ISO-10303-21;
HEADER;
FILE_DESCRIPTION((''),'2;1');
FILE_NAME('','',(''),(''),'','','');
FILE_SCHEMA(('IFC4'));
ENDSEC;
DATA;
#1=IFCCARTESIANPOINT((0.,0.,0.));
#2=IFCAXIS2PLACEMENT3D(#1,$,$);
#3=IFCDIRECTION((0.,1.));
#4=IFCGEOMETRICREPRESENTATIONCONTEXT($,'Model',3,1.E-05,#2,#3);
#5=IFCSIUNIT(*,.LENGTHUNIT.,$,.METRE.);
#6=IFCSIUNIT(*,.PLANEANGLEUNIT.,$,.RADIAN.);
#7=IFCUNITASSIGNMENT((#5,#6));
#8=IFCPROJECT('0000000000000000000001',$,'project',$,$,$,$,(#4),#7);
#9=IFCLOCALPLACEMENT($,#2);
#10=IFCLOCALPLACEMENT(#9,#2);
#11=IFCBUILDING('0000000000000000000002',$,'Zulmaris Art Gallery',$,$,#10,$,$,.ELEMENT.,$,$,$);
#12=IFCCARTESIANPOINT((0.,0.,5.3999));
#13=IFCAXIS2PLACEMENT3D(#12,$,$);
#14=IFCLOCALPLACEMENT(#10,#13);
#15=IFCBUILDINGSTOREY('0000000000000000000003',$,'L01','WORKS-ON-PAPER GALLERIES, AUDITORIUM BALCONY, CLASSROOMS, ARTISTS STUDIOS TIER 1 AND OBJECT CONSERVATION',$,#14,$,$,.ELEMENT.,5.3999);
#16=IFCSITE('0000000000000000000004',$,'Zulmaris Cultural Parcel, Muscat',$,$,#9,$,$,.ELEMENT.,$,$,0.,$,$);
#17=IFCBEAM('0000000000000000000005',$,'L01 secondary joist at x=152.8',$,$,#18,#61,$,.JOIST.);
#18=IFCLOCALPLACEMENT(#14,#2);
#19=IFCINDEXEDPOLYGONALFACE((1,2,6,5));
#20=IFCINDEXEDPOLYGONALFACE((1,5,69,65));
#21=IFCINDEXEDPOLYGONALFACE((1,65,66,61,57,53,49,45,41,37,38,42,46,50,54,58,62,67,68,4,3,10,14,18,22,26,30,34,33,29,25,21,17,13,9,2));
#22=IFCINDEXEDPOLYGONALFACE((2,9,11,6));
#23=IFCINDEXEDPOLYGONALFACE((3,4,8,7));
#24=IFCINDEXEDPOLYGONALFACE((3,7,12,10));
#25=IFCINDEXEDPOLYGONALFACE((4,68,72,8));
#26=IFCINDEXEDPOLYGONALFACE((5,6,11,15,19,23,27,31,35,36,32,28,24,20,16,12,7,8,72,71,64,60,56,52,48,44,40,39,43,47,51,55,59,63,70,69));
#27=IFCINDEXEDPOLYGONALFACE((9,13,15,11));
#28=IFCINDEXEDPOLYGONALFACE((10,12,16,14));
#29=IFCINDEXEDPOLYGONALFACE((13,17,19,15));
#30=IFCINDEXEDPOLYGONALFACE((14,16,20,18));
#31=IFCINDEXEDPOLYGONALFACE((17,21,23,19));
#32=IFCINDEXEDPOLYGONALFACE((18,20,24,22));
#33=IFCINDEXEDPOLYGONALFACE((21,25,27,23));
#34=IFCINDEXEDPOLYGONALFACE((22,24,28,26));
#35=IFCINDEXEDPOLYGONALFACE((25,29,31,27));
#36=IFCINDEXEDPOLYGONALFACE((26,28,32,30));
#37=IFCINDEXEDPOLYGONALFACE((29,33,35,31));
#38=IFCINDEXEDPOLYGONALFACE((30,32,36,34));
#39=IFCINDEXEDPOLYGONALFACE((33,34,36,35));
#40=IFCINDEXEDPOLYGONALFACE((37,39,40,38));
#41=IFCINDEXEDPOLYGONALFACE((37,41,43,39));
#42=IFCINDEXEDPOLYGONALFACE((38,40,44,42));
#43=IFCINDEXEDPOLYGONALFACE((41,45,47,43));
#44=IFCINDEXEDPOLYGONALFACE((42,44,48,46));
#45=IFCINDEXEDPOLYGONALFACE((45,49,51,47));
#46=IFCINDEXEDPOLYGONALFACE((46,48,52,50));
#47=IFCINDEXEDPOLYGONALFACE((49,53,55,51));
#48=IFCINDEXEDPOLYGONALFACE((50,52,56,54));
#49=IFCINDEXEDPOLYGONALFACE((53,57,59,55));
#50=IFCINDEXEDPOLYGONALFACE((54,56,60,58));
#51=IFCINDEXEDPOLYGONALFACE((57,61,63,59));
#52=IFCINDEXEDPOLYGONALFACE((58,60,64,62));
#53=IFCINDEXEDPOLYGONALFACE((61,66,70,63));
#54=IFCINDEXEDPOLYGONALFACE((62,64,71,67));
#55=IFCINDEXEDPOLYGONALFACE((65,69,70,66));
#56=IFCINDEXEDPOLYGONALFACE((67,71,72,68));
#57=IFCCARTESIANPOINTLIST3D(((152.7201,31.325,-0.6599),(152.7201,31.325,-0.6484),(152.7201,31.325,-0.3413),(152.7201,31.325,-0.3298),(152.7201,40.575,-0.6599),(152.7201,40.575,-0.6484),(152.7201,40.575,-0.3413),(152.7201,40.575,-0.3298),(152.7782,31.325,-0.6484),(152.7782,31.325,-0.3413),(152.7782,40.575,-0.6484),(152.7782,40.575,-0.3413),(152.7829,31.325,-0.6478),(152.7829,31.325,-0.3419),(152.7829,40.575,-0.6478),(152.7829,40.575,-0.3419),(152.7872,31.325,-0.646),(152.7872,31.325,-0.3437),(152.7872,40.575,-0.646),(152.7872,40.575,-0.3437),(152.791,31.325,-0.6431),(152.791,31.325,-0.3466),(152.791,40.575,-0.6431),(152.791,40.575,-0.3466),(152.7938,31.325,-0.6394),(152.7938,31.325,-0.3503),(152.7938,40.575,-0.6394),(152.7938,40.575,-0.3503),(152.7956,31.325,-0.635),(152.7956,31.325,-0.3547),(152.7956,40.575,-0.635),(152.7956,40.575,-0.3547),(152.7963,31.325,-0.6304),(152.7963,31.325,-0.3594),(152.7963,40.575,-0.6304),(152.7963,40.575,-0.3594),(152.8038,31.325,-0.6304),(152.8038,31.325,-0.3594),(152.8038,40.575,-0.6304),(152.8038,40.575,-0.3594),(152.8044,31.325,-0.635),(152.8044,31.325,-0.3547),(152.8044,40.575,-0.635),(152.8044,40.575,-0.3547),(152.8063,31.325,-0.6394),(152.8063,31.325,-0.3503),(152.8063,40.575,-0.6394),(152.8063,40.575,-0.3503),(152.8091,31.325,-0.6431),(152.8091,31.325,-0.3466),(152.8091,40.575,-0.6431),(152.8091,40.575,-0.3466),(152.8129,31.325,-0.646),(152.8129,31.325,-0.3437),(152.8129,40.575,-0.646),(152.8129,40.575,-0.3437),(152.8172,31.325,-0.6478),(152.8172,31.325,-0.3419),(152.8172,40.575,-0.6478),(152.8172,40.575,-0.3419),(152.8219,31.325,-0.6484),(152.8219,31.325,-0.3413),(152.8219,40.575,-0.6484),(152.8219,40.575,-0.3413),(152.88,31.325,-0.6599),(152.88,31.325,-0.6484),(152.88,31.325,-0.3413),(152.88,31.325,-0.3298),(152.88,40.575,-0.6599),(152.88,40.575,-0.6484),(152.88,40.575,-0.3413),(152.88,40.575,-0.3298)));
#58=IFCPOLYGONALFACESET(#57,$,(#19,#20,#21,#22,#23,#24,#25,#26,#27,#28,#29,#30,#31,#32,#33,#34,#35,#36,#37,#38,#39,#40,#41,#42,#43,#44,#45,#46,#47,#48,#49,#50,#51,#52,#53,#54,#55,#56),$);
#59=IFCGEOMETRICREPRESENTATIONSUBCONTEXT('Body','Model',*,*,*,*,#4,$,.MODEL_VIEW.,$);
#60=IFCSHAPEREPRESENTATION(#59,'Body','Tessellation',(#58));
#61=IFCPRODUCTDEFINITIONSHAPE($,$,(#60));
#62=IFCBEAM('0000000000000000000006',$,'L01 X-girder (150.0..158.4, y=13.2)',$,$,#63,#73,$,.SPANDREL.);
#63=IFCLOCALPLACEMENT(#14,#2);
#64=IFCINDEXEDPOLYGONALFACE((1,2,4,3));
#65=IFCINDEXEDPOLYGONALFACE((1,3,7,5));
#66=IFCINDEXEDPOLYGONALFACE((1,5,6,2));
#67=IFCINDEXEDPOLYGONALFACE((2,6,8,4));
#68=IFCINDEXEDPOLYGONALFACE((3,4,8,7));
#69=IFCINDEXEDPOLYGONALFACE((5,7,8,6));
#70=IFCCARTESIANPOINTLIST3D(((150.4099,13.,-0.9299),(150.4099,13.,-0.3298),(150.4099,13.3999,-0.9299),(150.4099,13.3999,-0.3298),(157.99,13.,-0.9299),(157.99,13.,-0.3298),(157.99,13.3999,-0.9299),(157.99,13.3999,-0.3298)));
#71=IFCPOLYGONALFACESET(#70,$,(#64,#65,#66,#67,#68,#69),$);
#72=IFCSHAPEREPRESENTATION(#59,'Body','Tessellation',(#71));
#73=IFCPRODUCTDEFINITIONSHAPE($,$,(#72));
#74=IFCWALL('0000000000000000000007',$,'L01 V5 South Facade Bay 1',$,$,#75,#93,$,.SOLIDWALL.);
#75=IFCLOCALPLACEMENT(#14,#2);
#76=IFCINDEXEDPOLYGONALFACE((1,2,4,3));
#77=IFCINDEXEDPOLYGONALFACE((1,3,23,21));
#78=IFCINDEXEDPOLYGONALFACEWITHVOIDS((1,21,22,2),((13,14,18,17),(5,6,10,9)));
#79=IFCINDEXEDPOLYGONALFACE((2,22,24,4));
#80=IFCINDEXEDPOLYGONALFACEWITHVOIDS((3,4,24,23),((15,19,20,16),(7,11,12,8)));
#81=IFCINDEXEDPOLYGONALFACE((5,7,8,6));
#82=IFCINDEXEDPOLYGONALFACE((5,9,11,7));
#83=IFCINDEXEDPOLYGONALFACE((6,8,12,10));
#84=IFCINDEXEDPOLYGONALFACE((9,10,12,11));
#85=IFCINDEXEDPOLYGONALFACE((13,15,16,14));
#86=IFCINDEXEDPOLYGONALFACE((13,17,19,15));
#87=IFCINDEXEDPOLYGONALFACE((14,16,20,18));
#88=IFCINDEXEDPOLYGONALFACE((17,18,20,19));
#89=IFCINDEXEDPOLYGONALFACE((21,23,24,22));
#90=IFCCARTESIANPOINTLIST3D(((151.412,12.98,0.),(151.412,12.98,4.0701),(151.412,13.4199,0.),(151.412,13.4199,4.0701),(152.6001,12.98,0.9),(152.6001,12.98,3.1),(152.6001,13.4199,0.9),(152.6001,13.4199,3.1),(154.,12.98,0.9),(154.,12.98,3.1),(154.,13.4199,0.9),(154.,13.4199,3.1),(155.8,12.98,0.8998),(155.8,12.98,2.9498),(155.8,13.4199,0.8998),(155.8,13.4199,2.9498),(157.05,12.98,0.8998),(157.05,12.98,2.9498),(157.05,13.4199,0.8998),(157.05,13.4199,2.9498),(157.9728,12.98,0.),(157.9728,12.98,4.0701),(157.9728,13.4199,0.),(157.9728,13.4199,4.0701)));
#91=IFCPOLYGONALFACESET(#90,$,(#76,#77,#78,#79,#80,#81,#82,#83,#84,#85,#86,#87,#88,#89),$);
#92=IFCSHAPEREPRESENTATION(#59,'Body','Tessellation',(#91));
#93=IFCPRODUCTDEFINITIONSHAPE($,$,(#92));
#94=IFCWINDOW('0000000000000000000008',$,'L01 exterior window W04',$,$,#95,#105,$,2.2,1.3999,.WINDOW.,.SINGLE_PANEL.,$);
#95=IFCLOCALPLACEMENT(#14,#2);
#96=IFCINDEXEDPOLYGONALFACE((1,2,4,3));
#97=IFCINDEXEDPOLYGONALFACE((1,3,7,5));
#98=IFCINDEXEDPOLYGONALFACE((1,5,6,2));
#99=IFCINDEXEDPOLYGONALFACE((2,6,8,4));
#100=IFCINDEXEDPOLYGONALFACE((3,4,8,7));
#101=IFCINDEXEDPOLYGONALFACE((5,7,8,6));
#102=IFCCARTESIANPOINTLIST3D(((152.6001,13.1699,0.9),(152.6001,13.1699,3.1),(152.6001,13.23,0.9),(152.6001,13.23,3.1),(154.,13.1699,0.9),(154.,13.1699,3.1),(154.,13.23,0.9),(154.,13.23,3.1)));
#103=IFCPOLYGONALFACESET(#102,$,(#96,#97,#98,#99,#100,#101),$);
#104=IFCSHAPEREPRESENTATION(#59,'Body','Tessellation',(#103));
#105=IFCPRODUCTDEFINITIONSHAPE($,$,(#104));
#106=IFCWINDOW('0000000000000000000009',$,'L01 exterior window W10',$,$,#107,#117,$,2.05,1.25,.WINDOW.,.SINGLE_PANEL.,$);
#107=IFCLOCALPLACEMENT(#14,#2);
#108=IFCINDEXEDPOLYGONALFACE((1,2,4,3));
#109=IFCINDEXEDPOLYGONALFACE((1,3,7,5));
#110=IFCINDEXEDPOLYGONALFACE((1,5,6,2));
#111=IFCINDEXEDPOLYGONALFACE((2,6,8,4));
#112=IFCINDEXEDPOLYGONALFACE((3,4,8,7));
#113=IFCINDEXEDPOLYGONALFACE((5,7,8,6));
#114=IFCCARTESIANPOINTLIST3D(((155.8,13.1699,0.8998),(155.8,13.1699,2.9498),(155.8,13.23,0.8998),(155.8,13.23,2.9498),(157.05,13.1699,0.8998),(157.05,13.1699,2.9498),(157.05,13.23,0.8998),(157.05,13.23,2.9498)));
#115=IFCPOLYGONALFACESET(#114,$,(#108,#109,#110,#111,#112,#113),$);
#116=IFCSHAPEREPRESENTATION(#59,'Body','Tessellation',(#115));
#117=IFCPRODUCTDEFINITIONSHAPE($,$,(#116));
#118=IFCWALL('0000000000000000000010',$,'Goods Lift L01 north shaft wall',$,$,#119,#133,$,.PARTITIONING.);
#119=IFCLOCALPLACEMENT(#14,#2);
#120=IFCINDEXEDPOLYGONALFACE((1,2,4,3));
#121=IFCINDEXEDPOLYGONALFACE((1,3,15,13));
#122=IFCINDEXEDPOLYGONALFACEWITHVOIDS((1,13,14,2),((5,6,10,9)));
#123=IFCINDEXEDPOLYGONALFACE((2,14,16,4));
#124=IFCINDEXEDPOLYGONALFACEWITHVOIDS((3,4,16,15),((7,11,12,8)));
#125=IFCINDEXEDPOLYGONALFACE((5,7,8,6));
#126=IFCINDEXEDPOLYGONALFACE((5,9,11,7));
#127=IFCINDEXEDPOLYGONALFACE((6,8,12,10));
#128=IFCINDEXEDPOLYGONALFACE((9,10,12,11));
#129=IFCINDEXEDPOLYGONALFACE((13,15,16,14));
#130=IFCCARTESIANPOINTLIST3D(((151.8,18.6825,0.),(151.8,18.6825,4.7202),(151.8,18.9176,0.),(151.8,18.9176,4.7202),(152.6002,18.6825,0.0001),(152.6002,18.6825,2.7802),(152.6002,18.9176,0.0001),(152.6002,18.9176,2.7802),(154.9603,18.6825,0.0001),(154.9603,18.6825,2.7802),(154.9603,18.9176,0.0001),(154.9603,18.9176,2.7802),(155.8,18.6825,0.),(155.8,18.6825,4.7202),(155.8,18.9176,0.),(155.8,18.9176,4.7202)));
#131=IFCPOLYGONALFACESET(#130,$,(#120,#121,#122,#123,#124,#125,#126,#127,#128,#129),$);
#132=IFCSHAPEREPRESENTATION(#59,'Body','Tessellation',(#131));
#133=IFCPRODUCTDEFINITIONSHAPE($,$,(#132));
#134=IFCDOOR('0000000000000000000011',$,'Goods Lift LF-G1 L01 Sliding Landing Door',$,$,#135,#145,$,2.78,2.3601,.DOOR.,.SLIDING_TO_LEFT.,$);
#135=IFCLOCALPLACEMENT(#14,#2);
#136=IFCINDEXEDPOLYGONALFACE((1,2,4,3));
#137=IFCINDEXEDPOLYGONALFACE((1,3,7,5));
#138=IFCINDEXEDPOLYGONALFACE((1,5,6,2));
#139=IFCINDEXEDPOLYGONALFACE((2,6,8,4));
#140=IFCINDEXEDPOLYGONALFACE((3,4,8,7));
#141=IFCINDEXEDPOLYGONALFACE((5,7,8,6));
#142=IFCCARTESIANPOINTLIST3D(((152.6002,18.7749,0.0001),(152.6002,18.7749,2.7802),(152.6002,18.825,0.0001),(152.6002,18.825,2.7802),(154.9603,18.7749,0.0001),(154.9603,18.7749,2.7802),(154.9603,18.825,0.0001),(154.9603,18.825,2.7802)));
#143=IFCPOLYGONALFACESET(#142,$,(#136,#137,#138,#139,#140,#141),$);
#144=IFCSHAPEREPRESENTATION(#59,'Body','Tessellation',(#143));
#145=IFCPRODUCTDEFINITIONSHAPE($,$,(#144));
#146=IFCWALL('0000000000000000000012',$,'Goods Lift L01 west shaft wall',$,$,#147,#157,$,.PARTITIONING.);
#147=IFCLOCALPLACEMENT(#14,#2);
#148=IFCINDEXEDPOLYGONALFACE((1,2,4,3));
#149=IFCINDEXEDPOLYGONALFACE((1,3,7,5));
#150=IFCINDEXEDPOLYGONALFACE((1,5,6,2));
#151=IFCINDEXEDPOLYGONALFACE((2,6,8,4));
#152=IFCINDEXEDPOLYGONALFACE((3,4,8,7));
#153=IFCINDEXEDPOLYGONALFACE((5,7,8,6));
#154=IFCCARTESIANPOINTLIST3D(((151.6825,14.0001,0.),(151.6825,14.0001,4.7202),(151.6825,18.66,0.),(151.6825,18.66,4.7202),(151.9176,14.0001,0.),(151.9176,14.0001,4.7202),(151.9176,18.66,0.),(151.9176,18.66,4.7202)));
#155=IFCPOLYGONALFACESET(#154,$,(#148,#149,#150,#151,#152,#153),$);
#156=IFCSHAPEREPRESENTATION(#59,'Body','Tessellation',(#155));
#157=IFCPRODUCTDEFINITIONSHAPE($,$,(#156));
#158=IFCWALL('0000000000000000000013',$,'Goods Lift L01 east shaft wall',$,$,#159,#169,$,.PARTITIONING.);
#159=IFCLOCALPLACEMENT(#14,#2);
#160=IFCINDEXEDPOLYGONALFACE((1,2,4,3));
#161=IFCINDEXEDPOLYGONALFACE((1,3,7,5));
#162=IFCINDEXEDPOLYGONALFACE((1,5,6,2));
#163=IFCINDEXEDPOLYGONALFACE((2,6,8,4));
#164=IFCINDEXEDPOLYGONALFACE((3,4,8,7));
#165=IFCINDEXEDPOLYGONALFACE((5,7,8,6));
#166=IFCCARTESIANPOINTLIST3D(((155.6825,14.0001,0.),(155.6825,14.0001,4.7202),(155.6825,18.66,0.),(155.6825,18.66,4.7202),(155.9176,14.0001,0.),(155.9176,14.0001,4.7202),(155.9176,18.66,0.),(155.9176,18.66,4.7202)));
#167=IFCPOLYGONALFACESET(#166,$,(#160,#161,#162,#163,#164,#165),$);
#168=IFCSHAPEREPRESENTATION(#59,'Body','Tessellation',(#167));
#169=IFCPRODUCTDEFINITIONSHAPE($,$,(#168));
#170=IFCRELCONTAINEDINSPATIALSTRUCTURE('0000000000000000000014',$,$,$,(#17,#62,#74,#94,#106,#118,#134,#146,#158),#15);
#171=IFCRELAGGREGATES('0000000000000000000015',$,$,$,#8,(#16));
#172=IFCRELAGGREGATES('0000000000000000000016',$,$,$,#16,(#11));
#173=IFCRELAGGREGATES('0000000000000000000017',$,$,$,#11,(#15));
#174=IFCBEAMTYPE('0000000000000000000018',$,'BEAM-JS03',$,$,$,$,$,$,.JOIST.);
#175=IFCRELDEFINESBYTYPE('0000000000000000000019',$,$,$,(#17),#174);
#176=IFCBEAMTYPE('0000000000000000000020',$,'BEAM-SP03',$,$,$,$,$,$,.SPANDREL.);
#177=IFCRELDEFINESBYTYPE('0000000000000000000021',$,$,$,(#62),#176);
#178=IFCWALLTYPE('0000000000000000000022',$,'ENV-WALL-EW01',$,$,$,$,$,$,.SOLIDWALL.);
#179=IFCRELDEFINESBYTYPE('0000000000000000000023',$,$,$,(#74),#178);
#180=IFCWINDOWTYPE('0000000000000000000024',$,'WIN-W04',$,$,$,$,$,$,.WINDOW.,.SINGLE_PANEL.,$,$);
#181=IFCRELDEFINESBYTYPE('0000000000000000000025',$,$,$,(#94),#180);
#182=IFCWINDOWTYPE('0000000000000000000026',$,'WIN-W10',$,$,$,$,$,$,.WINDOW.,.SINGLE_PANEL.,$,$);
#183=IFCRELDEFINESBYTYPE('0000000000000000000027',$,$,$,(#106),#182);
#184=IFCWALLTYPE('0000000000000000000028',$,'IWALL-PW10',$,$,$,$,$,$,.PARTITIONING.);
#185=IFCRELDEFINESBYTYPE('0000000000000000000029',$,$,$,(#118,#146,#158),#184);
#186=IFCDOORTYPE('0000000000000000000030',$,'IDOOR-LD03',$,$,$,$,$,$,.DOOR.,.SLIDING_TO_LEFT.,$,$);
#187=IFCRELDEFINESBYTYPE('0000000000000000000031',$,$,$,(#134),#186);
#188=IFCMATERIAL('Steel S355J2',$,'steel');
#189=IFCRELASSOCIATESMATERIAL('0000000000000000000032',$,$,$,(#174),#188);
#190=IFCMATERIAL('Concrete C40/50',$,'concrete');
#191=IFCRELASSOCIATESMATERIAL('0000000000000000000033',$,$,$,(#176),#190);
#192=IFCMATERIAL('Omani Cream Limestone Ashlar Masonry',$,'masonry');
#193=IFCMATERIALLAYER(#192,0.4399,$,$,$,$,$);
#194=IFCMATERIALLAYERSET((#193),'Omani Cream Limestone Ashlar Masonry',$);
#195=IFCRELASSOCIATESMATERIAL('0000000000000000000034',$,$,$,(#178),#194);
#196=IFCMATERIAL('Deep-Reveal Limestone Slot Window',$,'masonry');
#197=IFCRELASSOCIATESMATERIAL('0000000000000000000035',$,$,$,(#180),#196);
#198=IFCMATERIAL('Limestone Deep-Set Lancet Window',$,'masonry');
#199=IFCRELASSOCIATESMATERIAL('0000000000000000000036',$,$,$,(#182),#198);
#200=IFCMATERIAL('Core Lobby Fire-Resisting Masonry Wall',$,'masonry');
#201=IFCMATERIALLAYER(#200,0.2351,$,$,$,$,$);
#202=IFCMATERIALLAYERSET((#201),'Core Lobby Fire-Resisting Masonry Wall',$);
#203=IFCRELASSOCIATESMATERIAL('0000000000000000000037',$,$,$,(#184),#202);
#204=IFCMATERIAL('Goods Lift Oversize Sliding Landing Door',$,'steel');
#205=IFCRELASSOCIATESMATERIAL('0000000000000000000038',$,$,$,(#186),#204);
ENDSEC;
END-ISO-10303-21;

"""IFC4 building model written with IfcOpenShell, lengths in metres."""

from ifc_helpers import new_model, si_unit, direction, frame, frame_2d, origin, origin_2d, place, context, subcontext, project, spatial, rectangle, i_section, extrude, material, layer, layer_set, material_profile, profile_set, type_object, element, fill, save


model = new_model("IFC4")

# Units and contexts
model_context = context("Model", 3, precision=1e-05, world=origin(), true_north=direction((0.0, 1.0)))
body_context = subcontext(model_context, "Body", "Model", "MODEL_VIEW")
ifc_project = project(units=[si_unit("LENGTHUNIT", "METRE"), si_unit("PLANEANGLEUNIT", "RADIAN")], contexts=[model_context])

# Site, building, storey
site_placement = place(None, origin())
site = spatial("IfcSite", under=ifc_project, at=site_placement, Name="Zulmaris Cultural Parcel, Muscat", CompositionType="ELEMENT", RefElevation=0.0)
building_placement = place(site_placement, origin())
building = spatial("IfcBuilding", under=site, at=building_placement, Name="Zulmaris Art Gallery", CompositionType="ELEMENT")
storey_placement = place(building_placement, frame((0.0, 0.0, 5.3999)))
storey = spatial("IfcBuildingStorey", under=building, at=storey_placement, Name="L01", Description="WORKS-ON-PAPER GALLERIES, AUDITORIUM BALCONY, CLASSROOMS, ARTISTS STUDIOS TIER 1 AND OBJECT CONSERVATION", CompositionType="ELEMENT", Elevation=5.3999)

# Beams
ifc_material_1 = material(Name="Steel S355J2", Category="steel")
ifc_material_2 = material(Name="Concrete C40/50", Category="concrete")
ifc_material_profile_1 = material_profile(ifc_material_1, i_section(OverallWidth=0.1599, OverallDepth=0.3301, WebThickness=0.0076, FlangeThickness=0.0115, FilletRadius=0.0181, at=origin_2d()), Name="IPE 330")
ifc_profile_set_1 = profile_set([ifc_material_profile_1], Name="Steel S355J2")
beam_type_1 = type_object("IfcBeamType", Name="BEAM-JS03", PredefinedType="JOIST", material=ifc_profile_set_1)
beam_1_placement = place(storey_placement, frame((152.8, 31.325, -0.4949), z_axis=(0.0, 1.0, 0.0), x_axis=(-1.0, 0.0, 0.0)))
element("IfcBeam", 1, at=beam_1_placement, inside=storey, type_object=beam_type_1, Name="L01 secondary joist at x=152.8", PredefinedType="JOIST", context=body_context, shape_type="SweptSolid", body=[
    extrude(i_section(OverallWidth=0.1599, OverallDepth=0.3301, WebThickness=0.0076, FlangeThickness=0.0115, FilletRadius=0.0181, at=origin_2d()), origin(), (0.0, 0.0, 1.0), 9.25),
])
ifc_material_profile_2 = material_profile(ifc_material_2, rectangle(XDim=0.3999, YDim=0.6001, at=origin_2d()), Name="RC 400x600")
ifc_profile_set_2 = profile_set([ifc_material_profile_2], Name="Concrete C40/50")
beam_type_2 = type_object("IfcBeamType", Name="BEAM-SP03", PredefinedType="SPANDREL", material=ifc_profile_set_2)
beam_2_placement = place(storey_placement, frame((150.4099, 13.2, -0.6299), z_axis=(1.0, 0.0, 0.0), x_axis=(0.0, 1.0, 0.0)))
element("IfcBeam", 2, at=beam_2_placement, inside=storey, type_object=beam_type_2, Name="L01 X-girder (150.0..158.4, y=13.2)", PredefinedType="SPANDREL", context=body_context, shape_type="SweptSolid", body=[
    extrude(rectangle(XDim=0.3999, YDim=0.6001, at=origin_2d()), origin(), (0.0, 0.0, 1.0), 7.5801),
])

# Wall, openings, windows
ifc_material_3 = material(Name="Omani Cream Limestone Ashlar Masonry", Category="masonry")
ifc_layer_1 = layer(ifc_material_3, 0.4399)
ifc_layer_set_1 = layer_set([ifc_layer_1], Name="Omani Cream Limestone Ashlar Masonry")
wall_type_1 = type_object("IfcWallType", Name="ENV-WALL-EW01", PredefinedType="SOLIDWALL", material=ifc_layer_set_1)
wall_1_placement = place(storey_placement, frame((151.4121, 13.2, 0.0), z_axis=(0.0, 0.0, 1.0), x_axis=(1.0, 0.0, 0.0)))
wall_1 = element("IfcWall", 3, at=wall_1_placement, inside=storey, type_object=wall_type_1, Name="L01 V5 South Facade Bay 1", PredefinedType="SOLIDWALL", context=body_context, shape_type="SweptSolid", body=[
    extrude(rectangle(XDim=6.5608, YDim=0.4399, at=frame_2d((3.2803, 0.0))), origin(), (0.0, 0.0, 1.0), 4.0701),
])
opening_1_placement = place(wall_1_placement, frame((1.188, 0.0, 0.8999)))
opening_1 = element("IfcOpeningElement", 4, at=opening_1_placement, cuts=wall_1, PredefinedType="OPENING", context=body_context, shape_type="SweptSolid", body=[
    extrude(rectangle(XDim=1.3999, YDim=2.2, at=frame_2d((0.7, 1.1001))), frame((0.0, 0.23, 0.0), z_axis=(0.0, -1.0, 0.0), x_axis=(1.0, 0.0, 0.0)), (0.0, 0.0, 1.0), 0.46),
])
opening_2_placement = place(wall_1_placement, frame((4.3879, 0.0, 0.8999)))
opening_2 = element("IfcOpeningElement", 5, at=opening_2_placement, cuts=wall_1, PredefinedType="OPENING", context=body_context, shape_type="SweptSolid", body=[
    extrude(rectangle(XDim=1.25, YDim=2.05, at=frame_2d((0.625, 1.0249))), frame((0.0, 0.23, 0.0), z_axis=(0.0, -1.0, 0.0), x_axis=(1.0, 0.0, 0.0)), (0.0, 0.0, 1.0), 0.46),
])
ifc_material_4 = material(Name="Deep-Reveal Limestone Slot Window", Category="masonry")
window_type_1 = type_object("IfcWindowType", Name="WIN-W04", PartitioningType="SINGLE_PANEL", PredefinedType="WINDOW", material=ifc_material_4)
window_1_placement = place(opening_1_placement, origin())
window_1 = element("IfcWindow", 6, at=window_1_placement, inside=storey, type_object=window_type_1, Name="L01 exterior window W04", OverallHeight=2.2, OverallWidth=1.3999, PartitioningType="SINGLE_PANEL", PredefinedType="WINDOW", context=body_context, shape_type="SweptSolid", body=[
    extrude(rectangle(XDim=1.3999, YDim=2.2, at=frame_2d((0.7, 1.1001))), frame((0.0, 0.03, 0.0), z_axis=(0.0, -1.0, 0.0), x_axis=(1.0, 0.0, 0.0)), (0.0, 0.0, 1.0), 0.0601),
])
fill(opening_1, window_1)
ifc_material_5 = material(Name="Limestone Deep-Set Lancet Window", Category="masonry")
window_type_2 = type_object("IfcWindowType", Name="WIN-W10", PartitioningType="SINGLE_PANEL", PredefinedType="WINDOW", material=ifc_material_5)
window_2_placement = place(opening_2_placement, origin())
window_2 = element("IfcWindow", 7, at=window_2_placement, inside=storey, type_object=window_type_2, Name="L01 exterior window W10", OverallHeight=2.05, OverallWidth=1.25, PartitioningType="SINGLE_PANEL", PredefinedType="WINDOW", context=body_context, shape_type="SweptSolid", body=[
    extrude(rectangle(XDim=1.25, YDim=2.05, at=frame_2d((0.625, 1.0249))), frame((0.0, 0.03, 0.0), z_axis=(0.0, -1.0, 0.0), x_axis=(1.0, 0.0, 0.0)), (0.0, 0.0, 1.0), 0.0601),
])
fill(opening_2, window_2)

# Wall, opening, door
ifc_material_6 = material(Name="Core Lobby Fire-Resisting Masonry Wall", Category="masonry")
ifc_layer_2 = layer(ifc_material_6, 0.2351)
ifc_layer_set_2 = layer_set([ifc_layer_2], Name="Core Lobby Fire-Resisting Masonry Wall")
wall_type_2 = type_object("IfcWallType", Name="IWALL-PW10", PredefinedType="PARTITIONING", material=ifc_layer_set_2)
wall_2_placement = place(storey_placement, frame((151.8, 18.8, 0.0), z_axis=(0.0, 0.0, 1.0), x_axis=(1.0, 0.0, 0.0)))
wall_2 = element("IfcWall", 8, at=wall_2_placement, inside=storey, type_object=wall_type_2, Name="Goods Lift L01 north shaft wall", PredefinedType="PARTITIONING", context=body_context, shape_type="SweptSolid", body=[
    extrude(rectangle(XDim=4.0, YDim=0.2351, at=frame_2d((2.0, 0.0))), origin(), (0.0, 0.0, 1.0), 4.7202),
])
opening_3_placement = place(wall_2_placement, frame((0.8, 0.0, 0.0)))
opening_3 = element("IfcOpeningElement", 9, at=opening_3_placement, cuts=wall_2, PredefinedType="OPENING", context=body_context, shape_type="SweptSolid", body=[
    extrude(rectangle(XDim=2.3601, YDim=2.78, at=frame_2d((1.1802, 1.3901))), frame((0.0, 0.1274, 0.0), z_axis=(0.0, -1.0, 0.0), x_axis=(1.0, 0.0, 0.0)), (0.0, 0.0, 1.0), 0.2551),
])
ifc_material_7 = material(Name="Goods Lift Oversize Sliding Landing Door", Category="steel")
door_type_1 = type_object("IfcDoorType", Name="IDOOR-LD03", OperationType="SLIDING_TO_LEFT", PredefinedType="DOOR", material=ifc_material_7)
door_1_placement = place(opening_3_placement, origin())
door_1 = element("IfcDoor", 10, at=door_1_placement, inside=storey, type_object=door_type_1, Name="Goods Lift LF-G1 L01 Sliding Landing Door", OperationType="SLIDING_TO_LEFT", OverallHeight=2.78, OverallWidth=2.3601, PredefinedType="DOOR", context=body_context, shape_type="SweptSolid", body=[
    extrude(rectangle(XDim=2.3601, YDim=2.78, at=frame_2d((1.1802, 1.3901))), frame((0.0, 0.0249, 0.0), z_axis=(0.0, -1.0, 0.0), x_axis=(1.0, 0.0, 0.0)), (0.0, 0.0, 1.0), 0.05),
])
fill(opening_3, door_1)

# Walls
for number, where, z_axis, x_axis, name in (
    (11, (151.8, 14.0, 0.0), (0.0, 0.0, 1.0), (0.0, 1.0, 0.0), "Goods Lift L01 west shaft wall"),
    (12, (155.8, 14.0, 0.0), (0.0, 0.0, 1.0), (0.0, 1.0, 0.0), "Goods Lift L01 east shaft wall"),
):
    element("IfcWall", number, at=place(storey_placement, frame(where, z_axis=z_axis, x_axis=x_axis)), inside=storey, type_object=wall_type_2, Name=name, PredefinedType="PARTITIONING", context=body_context, shape_type="SweptSolid", body=[
        extrude(rectangle(XDim=4.6599, YDim=0.2351, at=frame_2d((2.3301, 0.0))), origin(), (0.0, 0.0, 1.0), 4.7202),
    ])

save(model, "model.ifc")
